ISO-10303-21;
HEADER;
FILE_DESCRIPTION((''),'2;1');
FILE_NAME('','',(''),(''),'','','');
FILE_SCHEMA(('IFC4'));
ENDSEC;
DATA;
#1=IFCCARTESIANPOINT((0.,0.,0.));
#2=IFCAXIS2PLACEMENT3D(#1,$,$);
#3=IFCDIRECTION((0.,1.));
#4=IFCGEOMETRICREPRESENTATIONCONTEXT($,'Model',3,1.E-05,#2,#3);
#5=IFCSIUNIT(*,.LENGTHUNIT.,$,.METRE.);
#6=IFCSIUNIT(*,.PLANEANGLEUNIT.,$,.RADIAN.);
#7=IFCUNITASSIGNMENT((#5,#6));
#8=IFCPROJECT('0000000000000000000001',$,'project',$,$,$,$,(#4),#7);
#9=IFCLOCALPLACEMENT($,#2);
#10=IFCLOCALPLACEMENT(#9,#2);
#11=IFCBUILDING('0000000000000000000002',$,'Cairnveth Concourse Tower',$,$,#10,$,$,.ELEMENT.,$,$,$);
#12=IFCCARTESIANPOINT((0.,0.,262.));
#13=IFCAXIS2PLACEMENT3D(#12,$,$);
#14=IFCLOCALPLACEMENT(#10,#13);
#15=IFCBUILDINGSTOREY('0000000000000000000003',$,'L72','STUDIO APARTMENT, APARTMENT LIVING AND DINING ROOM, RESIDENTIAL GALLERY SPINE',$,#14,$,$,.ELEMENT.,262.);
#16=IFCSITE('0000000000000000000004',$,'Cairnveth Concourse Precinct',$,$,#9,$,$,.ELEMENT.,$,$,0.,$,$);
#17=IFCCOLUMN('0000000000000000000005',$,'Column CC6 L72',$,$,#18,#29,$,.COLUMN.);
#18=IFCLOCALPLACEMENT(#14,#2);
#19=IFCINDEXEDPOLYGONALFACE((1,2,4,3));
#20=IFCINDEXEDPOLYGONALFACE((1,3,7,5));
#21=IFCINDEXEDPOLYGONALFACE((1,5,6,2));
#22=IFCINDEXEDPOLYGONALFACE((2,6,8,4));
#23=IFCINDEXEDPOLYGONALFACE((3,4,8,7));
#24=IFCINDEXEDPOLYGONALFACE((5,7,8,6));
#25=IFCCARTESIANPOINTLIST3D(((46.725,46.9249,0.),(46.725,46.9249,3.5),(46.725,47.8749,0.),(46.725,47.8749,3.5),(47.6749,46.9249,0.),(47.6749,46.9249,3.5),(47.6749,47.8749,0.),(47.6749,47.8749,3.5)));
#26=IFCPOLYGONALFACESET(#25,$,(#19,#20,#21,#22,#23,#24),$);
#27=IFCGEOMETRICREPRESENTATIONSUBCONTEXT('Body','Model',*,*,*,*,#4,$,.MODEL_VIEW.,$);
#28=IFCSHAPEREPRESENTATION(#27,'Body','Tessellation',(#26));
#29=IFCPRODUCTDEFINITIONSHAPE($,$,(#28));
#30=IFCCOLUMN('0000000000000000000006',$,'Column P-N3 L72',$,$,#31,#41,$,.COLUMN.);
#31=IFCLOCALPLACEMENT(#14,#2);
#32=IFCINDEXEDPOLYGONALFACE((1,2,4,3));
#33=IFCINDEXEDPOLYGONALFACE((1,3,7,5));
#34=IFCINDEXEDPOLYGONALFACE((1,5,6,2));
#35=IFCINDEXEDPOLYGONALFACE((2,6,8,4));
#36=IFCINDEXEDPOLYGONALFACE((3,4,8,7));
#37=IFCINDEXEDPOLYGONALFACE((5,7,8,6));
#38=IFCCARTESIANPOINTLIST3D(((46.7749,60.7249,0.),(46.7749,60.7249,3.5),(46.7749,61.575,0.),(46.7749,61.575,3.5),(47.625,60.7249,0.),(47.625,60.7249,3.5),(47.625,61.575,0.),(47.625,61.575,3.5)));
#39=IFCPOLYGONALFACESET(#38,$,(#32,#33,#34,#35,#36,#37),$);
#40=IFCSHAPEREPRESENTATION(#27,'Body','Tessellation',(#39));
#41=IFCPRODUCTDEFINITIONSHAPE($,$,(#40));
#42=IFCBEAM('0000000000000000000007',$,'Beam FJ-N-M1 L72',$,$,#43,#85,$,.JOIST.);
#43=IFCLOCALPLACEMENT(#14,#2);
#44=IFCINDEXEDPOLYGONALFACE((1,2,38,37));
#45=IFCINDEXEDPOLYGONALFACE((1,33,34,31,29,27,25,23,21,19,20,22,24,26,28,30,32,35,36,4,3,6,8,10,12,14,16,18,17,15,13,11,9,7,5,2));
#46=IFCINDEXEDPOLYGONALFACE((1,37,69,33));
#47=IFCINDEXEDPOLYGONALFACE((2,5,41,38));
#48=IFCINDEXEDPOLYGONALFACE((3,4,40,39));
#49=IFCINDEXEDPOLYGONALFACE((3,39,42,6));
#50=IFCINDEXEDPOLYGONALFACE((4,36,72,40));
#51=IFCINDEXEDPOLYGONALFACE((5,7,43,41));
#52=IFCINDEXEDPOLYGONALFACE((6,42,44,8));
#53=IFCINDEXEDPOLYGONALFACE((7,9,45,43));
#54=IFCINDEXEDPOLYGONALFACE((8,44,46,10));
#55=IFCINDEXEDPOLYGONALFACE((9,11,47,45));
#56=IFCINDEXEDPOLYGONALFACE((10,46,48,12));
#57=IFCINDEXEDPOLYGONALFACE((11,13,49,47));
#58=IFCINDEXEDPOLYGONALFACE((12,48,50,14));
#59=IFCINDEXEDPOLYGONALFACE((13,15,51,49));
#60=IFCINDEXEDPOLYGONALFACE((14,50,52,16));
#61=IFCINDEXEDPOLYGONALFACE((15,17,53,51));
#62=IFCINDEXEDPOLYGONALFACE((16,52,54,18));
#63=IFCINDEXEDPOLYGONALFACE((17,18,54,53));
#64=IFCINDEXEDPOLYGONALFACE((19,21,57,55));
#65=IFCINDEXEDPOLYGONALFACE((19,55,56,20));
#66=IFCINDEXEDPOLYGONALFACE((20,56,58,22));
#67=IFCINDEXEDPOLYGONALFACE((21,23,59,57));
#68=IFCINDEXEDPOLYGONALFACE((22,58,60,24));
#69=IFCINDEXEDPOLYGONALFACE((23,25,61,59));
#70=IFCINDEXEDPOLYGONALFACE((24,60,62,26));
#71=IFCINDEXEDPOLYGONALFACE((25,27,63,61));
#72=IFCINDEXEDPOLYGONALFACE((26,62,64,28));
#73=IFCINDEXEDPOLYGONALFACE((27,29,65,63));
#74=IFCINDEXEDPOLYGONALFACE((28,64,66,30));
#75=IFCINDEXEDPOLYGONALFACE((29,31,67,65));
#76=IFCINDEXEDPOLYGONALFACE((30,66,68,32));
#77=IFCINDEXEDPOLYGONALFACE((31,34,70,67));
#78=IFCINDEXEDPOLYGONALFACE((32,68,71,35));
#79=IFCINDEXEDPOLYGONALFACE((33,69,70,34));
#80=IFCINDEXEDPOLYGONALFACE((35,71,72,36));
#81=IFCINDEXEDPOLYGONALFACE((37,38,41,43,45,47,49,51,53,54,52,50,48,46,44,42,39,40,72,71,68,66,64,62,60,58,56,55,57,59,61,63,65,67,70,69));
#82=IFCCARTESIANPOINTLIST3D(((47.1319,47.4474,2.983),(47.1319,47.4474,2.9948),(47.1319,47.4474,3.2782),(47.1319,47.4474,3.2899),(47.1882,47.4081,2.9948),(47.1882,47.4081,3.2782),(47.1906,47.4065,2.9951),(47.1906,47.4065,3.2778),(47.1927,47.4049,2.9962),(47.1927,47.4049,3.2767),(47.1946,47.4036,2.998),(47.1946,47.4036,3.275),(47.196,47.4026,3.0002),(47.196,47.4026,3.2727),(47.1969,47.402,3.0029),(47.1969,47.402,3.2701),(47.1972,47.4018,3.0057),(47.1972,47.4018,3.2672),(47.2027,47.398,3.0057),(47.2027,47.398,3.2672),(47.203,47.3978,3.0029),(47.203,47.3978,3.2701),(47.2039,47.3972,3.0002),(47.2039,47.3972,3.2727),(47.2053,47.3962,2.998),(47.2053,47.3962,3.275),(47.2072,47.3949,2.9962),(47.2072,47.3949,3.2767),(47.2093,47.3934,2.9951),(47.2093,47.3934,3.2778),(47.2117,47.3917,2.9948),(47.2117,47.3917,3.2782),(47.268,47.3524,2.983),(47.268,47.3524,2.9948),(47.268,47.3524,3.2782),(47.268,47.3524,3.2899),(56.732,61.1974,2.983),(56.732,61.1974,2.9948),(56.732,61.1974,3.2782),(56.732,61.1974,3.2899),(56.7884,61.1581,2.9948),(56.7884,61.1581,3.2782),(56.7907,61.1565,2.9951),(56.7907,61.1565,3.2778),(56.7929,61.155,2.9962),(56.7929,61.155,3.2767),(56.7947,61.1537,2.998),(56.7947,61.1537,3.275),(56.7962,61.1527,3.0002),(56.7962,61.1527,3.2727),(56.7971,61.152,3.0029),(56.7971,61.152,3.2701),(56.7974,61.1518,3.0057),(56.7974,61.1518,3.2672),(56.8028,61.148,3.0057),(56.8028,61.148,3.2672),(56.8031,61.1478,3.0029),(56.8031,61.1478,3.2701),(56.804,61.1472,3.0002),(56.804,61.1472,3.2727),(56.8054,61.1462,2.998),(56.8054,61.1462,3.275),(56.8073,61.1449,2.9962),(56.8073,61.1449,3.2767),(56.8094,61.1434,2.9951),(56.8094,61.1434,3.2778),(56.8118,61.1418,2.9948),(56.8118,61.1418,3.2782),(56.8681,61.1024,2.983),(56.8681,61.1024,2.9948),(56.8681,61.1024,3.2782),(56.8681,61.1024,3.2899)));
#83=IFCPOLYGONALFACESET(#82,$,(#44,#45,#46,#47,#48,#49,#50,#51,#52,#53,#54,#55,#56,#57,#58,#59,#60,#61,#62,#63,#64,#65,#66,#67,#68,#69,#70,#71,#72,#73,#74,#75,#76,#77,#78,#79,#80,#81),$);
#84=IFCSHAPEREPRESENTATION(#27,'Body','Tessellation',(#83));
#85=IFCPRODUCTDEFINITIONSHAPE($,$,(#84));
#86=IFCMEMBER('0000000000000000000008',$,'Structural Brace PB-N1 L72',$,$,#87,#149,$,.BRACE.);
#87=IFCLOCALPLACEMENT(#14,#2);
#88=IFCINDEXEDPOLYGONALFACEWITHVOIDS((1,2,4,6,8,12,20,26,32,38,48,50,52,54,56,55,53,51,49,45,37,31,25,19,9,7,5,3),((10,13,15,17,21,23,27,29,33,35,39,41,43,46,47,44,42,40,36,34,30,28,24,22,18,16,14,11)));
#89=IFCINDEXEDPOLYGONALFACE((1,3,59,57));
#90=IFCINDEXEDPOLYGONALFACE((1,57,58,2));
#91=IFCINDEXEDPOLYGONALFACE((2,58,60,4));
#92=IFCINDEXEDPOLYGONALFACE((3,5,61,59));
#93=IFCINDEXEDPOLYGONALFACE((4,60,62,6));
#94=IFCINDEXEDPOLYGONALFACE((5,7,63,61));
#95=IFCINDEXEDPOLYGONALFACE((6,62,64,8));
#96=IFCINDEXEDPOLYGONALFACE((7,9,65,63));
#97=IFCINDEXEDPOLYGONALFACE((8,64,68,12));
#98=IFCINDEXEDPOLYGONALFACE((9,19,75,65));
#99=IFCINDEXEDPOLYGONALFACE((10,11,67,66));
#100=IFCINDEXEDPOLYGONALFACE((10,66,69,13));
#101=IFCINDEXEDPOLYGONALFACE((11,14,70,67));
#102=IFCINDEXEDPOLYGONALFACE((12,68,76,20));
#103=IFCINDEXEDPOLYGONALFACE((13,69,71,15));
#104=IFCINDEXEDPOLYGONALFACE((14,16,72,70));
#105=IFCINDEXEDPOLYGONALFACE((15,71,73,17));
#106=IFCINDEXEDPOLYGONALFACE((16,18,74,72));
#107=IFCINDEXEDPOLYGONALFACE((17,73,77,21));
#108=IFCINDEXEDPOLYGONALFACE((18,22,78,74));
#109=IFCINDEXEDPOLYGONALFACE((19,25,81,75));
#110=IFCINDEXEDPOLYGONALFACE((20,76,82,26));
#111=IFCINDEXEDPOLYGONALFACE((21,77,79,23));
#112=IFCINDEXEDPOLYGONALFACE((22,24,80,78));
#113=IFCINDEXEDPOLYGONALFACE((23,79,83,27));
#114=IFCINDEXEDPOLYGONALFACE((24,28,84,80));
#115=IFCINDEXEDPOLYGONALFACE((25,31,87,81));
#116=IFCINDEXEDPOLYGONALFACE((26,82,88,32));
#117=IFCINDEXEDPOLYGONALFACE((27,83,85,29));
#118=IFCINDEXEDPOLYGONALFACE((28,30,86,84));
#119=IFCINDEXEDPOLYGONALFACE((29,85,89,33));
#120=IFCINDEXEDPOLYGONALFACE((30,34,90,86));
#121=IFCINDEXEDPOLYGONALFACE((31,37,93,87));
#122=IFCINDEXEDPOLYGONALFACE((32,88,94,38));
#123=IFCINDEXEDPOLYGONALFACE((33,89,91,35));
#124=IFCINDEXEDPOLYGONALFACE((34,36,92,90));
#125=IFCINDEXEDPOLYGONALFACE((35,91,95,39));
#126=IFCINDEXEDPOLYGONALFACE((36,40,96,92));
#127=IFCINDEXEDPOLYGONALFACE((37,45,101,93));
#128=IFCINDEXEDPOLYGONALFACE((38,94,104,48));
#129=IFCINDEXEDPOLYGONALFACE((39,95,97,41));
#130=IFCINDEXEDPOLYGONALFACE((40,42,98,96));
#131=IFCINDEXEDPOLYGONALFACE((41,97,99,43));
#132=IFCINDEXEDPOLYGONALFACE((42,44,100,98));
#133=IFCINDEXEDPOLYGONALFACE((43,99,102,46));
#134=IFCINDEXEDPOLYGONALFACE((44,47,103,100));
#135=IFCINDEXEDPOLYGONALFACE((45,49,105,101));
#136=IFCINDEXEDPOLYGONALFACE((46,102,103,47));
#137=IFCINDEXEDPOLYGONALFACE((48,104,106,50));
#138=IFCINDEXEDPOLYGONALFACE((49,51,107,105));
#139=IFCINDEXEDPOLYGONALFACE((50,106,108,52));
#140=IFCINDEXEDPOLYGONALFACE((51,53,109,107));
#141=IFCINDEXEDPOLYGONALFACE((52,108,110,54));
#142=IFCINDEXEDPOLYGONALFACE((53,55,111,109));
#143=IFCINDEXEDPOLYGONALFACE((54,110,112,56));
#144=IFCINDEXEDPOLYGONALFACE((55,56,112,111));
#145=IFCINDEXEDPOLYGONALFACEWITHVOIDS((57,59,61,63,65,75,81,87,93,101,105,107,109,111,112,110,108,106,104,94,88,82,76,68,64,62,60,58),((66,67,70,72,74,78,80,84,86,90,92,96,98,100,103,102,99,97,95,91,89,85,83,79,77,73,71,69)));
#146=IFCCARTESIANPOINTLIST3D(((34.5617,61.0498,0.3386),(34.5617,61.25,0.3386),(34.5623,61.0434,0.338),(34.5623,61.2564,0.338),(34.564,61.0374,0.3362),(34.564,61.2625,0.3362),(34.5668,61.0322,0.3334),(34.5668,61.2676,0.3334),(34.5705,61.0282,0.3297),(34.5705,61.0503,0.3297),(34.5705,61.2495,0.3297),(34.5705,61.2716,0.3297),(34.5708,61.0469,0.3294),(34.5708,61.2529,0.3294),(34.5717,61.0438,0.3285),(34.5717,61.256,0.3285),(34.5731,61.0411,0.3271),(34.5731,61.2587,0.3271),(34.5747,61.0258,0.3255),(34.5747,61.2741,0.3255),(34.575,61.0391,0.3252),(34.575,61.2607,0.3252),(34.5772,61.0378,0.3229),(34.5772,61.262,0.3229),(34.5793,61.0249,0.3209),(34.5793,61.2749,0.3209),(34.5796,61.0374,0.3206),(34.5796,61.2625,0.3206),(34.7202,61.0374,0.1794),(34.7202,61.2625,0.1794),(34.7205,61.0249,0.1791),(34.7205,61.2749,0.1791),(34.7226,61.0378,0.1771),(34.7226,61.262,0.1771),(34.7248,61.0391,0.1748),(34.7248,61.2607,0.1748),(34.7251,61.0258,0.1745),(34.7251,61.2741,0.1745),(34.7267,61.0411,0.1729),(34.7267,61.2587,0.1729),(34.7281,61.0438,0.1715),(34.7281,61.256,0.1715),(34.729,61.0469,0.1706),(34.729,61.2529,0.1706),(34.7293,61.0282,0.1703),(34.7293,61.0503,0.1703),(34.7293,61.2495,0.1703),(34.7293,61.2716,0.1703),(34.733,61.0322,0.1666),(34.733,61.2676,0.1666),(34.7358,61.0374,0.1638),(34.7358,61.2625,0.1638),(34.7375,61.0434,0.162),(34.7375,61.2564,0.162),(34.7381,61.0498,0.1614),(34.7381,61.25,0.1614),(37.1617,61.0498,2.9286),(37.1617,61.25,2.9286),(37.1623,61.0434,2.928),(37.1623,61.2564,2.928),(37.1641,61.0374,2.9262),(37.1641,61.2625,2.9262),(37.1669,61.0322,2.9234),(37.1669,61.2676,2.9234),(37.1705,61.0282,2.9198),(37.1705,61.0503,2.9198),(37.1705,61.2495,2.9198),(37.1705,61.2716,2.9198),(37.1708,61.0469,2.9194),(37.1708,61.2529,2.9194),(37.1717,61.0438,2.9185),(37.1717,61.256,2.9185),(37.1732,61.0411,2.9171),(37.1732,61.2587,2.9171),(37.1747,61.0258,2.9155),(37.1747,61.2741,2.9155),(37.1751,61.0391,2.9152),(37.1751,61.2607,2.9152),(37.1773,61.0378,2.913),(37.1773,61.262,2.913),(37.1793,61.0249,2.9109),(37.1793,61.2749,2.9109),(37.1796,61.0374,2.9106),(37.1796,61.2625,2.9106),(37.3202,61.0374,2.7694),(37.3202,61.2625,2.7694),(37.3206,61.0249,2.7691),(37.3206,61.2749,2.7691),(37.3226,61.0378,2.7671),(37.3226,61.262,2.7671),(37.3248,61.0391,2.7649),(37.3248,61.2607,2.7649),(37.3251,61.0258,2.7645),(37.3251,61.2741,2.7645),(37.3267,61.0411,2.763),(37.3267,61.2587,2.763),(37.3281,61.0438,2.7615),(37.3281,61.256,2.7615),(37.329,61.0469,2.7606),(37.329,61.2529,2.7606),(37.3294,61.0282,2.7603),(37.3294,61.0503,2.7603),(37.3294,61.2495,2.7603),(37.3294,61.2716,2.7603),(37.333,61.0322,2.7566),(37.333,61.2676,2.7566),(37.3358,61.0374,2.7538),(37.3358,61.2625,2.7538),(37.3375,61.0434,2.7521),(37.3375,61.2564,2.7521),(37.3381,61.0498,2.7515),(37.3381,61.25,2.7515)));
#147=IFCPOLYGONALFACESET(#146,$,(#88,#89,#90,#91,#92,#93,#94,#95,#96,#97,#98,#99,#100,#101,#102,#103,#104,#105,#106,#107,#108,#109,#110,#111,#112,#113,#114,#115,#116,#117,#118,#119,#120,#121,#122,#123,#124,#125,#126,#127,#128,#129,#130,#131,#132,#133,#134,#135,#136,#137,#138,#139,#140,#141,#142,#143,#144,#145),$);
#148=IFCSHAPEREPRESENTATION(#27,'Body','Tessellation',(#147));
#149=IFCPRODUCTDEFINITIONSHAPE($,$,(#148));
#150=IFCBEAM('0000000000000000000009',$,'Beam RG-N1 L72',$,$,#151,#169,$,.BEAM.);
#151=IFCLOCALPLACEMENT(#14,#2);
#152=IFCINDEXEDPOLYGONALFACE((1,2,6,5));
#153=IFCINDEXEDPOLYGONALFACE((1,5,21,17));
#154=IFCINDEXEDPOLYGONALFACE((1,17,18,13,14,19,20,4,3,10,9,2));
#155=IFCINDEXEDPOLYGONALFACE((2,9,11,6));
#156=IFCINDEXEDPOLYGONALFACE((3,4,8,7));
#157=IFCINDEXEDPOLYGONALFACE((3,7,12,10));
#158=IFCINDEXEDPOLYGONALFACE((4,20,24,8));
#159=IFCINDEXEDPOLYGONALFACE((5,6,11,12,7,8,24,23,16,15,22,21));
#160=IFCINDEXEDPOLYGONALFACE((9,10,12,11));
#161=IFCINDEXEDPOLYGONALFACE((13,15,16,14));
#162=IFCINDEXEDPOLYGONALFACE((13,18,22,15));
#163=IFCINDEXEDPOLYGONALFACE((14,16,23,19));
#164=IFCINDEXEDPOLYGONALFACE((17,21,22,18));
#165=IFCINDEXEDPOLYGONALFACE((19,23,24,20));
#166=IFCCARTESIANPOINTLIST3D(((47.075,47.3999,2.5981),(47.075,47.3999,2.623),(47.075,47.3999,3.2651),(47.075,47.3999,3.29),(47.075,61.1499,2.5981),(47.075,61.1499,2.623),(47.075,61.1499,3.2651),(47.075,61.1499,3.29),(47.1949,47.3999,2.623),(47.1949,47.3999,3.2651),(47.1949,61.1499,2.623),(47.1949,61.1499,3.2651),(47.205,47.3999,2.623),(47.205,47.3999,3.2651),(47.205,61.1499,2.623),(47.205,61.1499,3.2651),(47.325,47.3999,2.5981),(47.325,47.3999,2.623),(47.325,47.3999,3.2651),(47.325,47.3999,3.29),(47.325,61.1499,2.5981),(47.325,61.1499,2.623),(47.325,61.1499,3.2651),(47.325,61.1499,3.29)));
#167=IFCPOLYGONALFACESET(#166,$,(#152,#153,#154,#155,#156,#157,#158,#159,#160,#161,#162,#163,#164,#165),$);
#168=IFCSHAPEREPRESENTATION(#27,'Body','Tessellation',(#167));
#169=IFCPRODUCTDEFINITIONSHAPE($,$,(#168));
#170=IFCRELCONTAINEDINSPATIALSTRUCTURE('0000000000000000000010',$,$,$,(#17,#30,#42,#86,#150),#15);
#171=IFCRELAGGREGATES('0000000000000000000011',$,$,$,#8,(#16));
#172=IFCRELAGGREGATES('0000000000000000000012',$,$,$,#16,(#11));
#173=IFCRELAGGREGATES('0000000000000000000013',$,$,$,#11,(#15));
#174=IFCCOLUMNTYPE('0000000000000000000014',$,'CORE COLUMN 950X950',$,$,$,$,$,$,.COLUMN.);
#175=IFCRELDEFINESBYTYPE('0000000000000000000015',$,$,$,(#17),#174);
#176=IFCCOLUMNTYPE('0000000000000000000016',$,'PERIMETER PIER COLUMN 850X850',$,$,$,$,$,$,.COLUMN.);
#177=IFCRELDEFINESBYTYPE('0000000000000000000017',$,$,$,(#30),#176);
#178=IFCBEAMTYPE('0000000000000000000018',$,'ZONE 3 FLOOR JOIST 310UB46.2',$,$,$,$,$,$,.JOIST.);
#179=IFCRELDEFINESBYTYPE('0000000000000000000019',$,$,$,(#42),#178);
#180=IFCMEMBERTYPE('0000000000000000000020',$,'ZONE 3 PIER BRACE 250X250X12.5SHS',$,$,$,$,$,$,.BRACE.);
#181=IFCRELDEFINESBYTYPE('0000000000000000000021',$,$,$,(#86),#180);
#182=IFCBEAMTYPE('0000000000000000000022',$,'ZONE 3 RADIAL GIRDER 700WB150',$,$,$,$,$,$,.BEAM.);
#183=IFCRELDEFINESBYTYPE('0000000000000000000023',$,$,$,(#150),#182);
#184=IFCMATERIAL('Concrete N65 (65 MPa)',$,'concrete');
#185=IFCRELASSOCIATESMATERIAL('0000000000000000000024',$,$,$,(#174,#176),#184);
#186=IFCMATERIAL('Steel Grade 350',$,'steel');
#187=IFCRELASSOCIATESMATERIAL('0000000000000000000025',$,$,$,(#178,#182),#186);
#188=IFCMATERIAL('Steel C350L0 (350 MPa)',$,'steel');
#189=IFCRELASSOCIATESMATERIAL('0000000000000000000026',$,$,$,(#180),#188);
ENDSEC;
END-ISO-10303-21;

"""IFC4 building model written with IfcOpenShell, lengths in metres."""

from ifc_helpers import new_model, si_unit, direction, frame, origin, origin_2d, place, context, subcontext, project, spatial, rectangle, hollow_rectangle, i_section, extrude, material, material_profile, profile_set, type_object, element, save


model = new_model("IFC4")

# Units and contexts
model_context = context("Model", 3, precision=1e-05, world=origin(), true_north=direction((0.0, 1.0)))
body_context = subcontext(model_context, "Body", "Model", "MODEL_VIEW")
ifc_project = project(units=[si_unit("LENGTHUNIT", "METRE"), si_unit("PLANEANGLEUNIT", "RADIAN")], contexts=[model_context])

# Site, building, storey
site_placement = place(None, origin())
site = spatial("IfcSite", under=ifc_project, at=site_placement, Name="Cairnveth Concourse Precinct", CompositionType="ELEMENT", RefElevation=0.0)
building_placement = place(site_placement, origin())
building = spatial("IfcBuilding", under=site, at=building_placement, Name="Cairnveth Concourse Tower", CompositionType="ELEMENT")
storey_placement = place(building_placement, frame((0.0, 0.0, 262.0)))
storey = spatial("IfcBuildingStorey", under=building, at=storey_placement, Name="L72", Description="STUDIO APARTMENT, APARTMENT LIVING AND DINING ROOM, RESIDENTIAL GALLERY SPINE", CompositionType="ELEMENT", Elevation=262.0)

# Columns
ifc_material_1 = material(Name="Concrete N65 (65 MPa)", Category="concrete")
ifc_material_profile_1 = material_profile(ifc_material_1, rectangle(XDim=0.95, YDim=0.95, at=origin_2d()), Name="RC-COL-950x950")
ifc_profile_set_1 = profile_set([ifc_material_profile_1], Name="Concrete N65 (65 MPa)")
column_type_1 = type_object("IfcColumnType", Name="CORE COLUMN 950X950", PredefinedType="COLUMN", material=ifc_profile_set_1)
column_1_placement = place(storey_placement, frame((47.2, 47.3999, 0.0), z_axis=(0.0, 0.0, 1.0), x_axis=(1.0, 0.0, 0.0)))
element("IfcColumn", 1, at=column_1_placement, inside=storey, type_object=column_type_1, Name="Column CC6 L72", PredefinedType="COLUMN", context=body_context, shape_type="SweptSolid", body=[
    extrude(rectangle(XDim=0.95, YDim=0.95, at=origin_2d()), origin(), (0.0, 0.0, 1.0), 3.5),
])
ifc_material_profile_2 = material_profile(ifc_material_1, rectangle(XDim=0.8501, YDim=0.8501, at=origin_2d()), Name="RC-COL-850x850")
ifc_profile_set_2 = profile_set([ifc_material_profile_2], Name="Concrete N65 (65 MPa)")
column_type_2 = type_object("IfcColumnType", Name="PERIMETER PIER COLUMN 850X850", PredefinedType="COLUMN", material=ifc_profile_set_2)
column_2_placement = place(storey_placement, frame((47.2, 61.1499, 0.0), z_axis=(0.0, 0.0, 1.0), x_axis=(1.0, 0.0, 0.0)))
element("IfcColumn", 2, at=column_2_placement, inside=storey, type_object=column_type_2, Name="Column P-N3 L72", PredefinedType="COLUMN", context=body_context, shape_type="SweptSolid", body=[
    extrude(rectangle(XDim=0.8501, YDim=0.8501, at=origin_2d()), origin(), (0.0, 0.0, 1.0), 3.5),
])

# Beam
ifc_material_2 = material(Name="Steel Grade 350", Category="steel")
ifc_material_profile_3 = material_profile(ifc_material_2, i_section(OverallWidth=0.166, OverallDepth=0.3069, WebThickness=0.0066, FlangeThickness=0.0117, FilletRadius=0.011, at=origin_2d()), Name="310UB46.2")
ifc_profile_set_3 = profile_set([ifc_material_profile_3], Name="Steel Grade 350")
beam_type_1 = type_object("IfcBeamType", Name="ZONE 3 FLOOR JOIST 310UB46.2", PredefinedType="JOIST", material=ifc_profile_set_3)
beam_1_placement = place(storey_placement, frame((47.2, 47.3999, 3.1365), z_axis=(0.572465, 0.819929, 0.0), x_axis=(-0.819929, 0.572465, 0.0)))
element("IfcBeam", 3, at=beam_1_placement, inside=storey, type_object=beam_type_1, Name="Beam FJ-N-M1 L72", PredefinedType="JOIST", context=body_context, shape_type="SweptSolid", body=[
    extrude(i_section(OverallWidth=0.166, OverallDepth=0.3069, WebThickness=0.0066, FlangeThickness=0.0117, FilletRadius=0.011, at=origin_2d()), origin(), (0.0, 0.0, 1.0), 16.7698),
])

# Member
ifc_material_3 = material(Name="Steel C350L0 (350 MPa)", Category="steel")
ifc_material_profile_4 = material_profile(ifc_material_3, hollow_rectangle(XDim=0.25, YDim=0.25, WallThickness=0.0125, InnerFilletRadius=0.0129, OuterFilletRadius=0.0249, at=origin_2d()), Name="250x250x12.5SHS")
ifc_profile_set_4 = profile_set([ifc_material_profile_4], Name="Steel C350L0 (350 MPa)")
member_type = type_object("IfcMemberType", Name="ZONE 3 PIER BRACE 250X250X12.5SHS", PredefinedType="BRACE", material=ifc_profile_set_4)
member_placement = place(storey_placement, frame((34.6499, 61.1499, 0.25), z_axis=(0.708469, 0.0, 0.705742), x_axis=(0.0, 1.0, 0.0)))
element("IfcMember", 4, at=member_placement, inside=storey, type_object=member_type, Name="Structural Brace PB-N1 L72", PredefinedType="BRACE", context=body_context, shape_type="SweptSolid", body=[
    extrude(hollow_rectangle(XDim=0.25, YDim=0.25, WallThickness=0.0125, InnerFilletRadius=0.0129, OuterFilletRadius=0.0249, at=origin_2d()), origin(), (0.0, 0.0, 1.0), 3.6699),
])

# Beam
ifc_material_profile_5 = material_profile(ifc_material_2, i_section(OverallWidth=0.25, OverallDepth=0.6919, WebThickness=0.01, FlangeThickness=0.0249, at=origin_2d()), Name="700WB150")
ifc_profile_set_5 = profile_set([ifc_material_profile_5], Name="Steel Grade 350")
beam_type_2 = type_object("IfcBeamType", Name="ZONE 3 RADIAL GIRDER 700WB150", PredefinedType="BEAM", material=ifc_profile_set_5)
beam_2_placement = place(storey_placement, frame((47.2, 47.3999, 2.9441), z_axis=(0.0, 1.0, 0.0), x_axis=(-1.0, 0.0, 0.0)))
element("IfcBeam", 5, at=beam_2_placement, inside=storey, type_object=beam_type_2, Name="Beam RG-N1 L72", PredefinedType="BEAM", context=body_context, shape_type="SweptSolid", body=[
    extrude(i_section(OverallWidth=0.25, OverallDepth=0.6919, WebThickness=0.01, FlangeThickness=0.0249, at=origin_2d()), origin(), (0.0, 0.0, 1.0), 13.75),
])

save(model, "model.ifc")
